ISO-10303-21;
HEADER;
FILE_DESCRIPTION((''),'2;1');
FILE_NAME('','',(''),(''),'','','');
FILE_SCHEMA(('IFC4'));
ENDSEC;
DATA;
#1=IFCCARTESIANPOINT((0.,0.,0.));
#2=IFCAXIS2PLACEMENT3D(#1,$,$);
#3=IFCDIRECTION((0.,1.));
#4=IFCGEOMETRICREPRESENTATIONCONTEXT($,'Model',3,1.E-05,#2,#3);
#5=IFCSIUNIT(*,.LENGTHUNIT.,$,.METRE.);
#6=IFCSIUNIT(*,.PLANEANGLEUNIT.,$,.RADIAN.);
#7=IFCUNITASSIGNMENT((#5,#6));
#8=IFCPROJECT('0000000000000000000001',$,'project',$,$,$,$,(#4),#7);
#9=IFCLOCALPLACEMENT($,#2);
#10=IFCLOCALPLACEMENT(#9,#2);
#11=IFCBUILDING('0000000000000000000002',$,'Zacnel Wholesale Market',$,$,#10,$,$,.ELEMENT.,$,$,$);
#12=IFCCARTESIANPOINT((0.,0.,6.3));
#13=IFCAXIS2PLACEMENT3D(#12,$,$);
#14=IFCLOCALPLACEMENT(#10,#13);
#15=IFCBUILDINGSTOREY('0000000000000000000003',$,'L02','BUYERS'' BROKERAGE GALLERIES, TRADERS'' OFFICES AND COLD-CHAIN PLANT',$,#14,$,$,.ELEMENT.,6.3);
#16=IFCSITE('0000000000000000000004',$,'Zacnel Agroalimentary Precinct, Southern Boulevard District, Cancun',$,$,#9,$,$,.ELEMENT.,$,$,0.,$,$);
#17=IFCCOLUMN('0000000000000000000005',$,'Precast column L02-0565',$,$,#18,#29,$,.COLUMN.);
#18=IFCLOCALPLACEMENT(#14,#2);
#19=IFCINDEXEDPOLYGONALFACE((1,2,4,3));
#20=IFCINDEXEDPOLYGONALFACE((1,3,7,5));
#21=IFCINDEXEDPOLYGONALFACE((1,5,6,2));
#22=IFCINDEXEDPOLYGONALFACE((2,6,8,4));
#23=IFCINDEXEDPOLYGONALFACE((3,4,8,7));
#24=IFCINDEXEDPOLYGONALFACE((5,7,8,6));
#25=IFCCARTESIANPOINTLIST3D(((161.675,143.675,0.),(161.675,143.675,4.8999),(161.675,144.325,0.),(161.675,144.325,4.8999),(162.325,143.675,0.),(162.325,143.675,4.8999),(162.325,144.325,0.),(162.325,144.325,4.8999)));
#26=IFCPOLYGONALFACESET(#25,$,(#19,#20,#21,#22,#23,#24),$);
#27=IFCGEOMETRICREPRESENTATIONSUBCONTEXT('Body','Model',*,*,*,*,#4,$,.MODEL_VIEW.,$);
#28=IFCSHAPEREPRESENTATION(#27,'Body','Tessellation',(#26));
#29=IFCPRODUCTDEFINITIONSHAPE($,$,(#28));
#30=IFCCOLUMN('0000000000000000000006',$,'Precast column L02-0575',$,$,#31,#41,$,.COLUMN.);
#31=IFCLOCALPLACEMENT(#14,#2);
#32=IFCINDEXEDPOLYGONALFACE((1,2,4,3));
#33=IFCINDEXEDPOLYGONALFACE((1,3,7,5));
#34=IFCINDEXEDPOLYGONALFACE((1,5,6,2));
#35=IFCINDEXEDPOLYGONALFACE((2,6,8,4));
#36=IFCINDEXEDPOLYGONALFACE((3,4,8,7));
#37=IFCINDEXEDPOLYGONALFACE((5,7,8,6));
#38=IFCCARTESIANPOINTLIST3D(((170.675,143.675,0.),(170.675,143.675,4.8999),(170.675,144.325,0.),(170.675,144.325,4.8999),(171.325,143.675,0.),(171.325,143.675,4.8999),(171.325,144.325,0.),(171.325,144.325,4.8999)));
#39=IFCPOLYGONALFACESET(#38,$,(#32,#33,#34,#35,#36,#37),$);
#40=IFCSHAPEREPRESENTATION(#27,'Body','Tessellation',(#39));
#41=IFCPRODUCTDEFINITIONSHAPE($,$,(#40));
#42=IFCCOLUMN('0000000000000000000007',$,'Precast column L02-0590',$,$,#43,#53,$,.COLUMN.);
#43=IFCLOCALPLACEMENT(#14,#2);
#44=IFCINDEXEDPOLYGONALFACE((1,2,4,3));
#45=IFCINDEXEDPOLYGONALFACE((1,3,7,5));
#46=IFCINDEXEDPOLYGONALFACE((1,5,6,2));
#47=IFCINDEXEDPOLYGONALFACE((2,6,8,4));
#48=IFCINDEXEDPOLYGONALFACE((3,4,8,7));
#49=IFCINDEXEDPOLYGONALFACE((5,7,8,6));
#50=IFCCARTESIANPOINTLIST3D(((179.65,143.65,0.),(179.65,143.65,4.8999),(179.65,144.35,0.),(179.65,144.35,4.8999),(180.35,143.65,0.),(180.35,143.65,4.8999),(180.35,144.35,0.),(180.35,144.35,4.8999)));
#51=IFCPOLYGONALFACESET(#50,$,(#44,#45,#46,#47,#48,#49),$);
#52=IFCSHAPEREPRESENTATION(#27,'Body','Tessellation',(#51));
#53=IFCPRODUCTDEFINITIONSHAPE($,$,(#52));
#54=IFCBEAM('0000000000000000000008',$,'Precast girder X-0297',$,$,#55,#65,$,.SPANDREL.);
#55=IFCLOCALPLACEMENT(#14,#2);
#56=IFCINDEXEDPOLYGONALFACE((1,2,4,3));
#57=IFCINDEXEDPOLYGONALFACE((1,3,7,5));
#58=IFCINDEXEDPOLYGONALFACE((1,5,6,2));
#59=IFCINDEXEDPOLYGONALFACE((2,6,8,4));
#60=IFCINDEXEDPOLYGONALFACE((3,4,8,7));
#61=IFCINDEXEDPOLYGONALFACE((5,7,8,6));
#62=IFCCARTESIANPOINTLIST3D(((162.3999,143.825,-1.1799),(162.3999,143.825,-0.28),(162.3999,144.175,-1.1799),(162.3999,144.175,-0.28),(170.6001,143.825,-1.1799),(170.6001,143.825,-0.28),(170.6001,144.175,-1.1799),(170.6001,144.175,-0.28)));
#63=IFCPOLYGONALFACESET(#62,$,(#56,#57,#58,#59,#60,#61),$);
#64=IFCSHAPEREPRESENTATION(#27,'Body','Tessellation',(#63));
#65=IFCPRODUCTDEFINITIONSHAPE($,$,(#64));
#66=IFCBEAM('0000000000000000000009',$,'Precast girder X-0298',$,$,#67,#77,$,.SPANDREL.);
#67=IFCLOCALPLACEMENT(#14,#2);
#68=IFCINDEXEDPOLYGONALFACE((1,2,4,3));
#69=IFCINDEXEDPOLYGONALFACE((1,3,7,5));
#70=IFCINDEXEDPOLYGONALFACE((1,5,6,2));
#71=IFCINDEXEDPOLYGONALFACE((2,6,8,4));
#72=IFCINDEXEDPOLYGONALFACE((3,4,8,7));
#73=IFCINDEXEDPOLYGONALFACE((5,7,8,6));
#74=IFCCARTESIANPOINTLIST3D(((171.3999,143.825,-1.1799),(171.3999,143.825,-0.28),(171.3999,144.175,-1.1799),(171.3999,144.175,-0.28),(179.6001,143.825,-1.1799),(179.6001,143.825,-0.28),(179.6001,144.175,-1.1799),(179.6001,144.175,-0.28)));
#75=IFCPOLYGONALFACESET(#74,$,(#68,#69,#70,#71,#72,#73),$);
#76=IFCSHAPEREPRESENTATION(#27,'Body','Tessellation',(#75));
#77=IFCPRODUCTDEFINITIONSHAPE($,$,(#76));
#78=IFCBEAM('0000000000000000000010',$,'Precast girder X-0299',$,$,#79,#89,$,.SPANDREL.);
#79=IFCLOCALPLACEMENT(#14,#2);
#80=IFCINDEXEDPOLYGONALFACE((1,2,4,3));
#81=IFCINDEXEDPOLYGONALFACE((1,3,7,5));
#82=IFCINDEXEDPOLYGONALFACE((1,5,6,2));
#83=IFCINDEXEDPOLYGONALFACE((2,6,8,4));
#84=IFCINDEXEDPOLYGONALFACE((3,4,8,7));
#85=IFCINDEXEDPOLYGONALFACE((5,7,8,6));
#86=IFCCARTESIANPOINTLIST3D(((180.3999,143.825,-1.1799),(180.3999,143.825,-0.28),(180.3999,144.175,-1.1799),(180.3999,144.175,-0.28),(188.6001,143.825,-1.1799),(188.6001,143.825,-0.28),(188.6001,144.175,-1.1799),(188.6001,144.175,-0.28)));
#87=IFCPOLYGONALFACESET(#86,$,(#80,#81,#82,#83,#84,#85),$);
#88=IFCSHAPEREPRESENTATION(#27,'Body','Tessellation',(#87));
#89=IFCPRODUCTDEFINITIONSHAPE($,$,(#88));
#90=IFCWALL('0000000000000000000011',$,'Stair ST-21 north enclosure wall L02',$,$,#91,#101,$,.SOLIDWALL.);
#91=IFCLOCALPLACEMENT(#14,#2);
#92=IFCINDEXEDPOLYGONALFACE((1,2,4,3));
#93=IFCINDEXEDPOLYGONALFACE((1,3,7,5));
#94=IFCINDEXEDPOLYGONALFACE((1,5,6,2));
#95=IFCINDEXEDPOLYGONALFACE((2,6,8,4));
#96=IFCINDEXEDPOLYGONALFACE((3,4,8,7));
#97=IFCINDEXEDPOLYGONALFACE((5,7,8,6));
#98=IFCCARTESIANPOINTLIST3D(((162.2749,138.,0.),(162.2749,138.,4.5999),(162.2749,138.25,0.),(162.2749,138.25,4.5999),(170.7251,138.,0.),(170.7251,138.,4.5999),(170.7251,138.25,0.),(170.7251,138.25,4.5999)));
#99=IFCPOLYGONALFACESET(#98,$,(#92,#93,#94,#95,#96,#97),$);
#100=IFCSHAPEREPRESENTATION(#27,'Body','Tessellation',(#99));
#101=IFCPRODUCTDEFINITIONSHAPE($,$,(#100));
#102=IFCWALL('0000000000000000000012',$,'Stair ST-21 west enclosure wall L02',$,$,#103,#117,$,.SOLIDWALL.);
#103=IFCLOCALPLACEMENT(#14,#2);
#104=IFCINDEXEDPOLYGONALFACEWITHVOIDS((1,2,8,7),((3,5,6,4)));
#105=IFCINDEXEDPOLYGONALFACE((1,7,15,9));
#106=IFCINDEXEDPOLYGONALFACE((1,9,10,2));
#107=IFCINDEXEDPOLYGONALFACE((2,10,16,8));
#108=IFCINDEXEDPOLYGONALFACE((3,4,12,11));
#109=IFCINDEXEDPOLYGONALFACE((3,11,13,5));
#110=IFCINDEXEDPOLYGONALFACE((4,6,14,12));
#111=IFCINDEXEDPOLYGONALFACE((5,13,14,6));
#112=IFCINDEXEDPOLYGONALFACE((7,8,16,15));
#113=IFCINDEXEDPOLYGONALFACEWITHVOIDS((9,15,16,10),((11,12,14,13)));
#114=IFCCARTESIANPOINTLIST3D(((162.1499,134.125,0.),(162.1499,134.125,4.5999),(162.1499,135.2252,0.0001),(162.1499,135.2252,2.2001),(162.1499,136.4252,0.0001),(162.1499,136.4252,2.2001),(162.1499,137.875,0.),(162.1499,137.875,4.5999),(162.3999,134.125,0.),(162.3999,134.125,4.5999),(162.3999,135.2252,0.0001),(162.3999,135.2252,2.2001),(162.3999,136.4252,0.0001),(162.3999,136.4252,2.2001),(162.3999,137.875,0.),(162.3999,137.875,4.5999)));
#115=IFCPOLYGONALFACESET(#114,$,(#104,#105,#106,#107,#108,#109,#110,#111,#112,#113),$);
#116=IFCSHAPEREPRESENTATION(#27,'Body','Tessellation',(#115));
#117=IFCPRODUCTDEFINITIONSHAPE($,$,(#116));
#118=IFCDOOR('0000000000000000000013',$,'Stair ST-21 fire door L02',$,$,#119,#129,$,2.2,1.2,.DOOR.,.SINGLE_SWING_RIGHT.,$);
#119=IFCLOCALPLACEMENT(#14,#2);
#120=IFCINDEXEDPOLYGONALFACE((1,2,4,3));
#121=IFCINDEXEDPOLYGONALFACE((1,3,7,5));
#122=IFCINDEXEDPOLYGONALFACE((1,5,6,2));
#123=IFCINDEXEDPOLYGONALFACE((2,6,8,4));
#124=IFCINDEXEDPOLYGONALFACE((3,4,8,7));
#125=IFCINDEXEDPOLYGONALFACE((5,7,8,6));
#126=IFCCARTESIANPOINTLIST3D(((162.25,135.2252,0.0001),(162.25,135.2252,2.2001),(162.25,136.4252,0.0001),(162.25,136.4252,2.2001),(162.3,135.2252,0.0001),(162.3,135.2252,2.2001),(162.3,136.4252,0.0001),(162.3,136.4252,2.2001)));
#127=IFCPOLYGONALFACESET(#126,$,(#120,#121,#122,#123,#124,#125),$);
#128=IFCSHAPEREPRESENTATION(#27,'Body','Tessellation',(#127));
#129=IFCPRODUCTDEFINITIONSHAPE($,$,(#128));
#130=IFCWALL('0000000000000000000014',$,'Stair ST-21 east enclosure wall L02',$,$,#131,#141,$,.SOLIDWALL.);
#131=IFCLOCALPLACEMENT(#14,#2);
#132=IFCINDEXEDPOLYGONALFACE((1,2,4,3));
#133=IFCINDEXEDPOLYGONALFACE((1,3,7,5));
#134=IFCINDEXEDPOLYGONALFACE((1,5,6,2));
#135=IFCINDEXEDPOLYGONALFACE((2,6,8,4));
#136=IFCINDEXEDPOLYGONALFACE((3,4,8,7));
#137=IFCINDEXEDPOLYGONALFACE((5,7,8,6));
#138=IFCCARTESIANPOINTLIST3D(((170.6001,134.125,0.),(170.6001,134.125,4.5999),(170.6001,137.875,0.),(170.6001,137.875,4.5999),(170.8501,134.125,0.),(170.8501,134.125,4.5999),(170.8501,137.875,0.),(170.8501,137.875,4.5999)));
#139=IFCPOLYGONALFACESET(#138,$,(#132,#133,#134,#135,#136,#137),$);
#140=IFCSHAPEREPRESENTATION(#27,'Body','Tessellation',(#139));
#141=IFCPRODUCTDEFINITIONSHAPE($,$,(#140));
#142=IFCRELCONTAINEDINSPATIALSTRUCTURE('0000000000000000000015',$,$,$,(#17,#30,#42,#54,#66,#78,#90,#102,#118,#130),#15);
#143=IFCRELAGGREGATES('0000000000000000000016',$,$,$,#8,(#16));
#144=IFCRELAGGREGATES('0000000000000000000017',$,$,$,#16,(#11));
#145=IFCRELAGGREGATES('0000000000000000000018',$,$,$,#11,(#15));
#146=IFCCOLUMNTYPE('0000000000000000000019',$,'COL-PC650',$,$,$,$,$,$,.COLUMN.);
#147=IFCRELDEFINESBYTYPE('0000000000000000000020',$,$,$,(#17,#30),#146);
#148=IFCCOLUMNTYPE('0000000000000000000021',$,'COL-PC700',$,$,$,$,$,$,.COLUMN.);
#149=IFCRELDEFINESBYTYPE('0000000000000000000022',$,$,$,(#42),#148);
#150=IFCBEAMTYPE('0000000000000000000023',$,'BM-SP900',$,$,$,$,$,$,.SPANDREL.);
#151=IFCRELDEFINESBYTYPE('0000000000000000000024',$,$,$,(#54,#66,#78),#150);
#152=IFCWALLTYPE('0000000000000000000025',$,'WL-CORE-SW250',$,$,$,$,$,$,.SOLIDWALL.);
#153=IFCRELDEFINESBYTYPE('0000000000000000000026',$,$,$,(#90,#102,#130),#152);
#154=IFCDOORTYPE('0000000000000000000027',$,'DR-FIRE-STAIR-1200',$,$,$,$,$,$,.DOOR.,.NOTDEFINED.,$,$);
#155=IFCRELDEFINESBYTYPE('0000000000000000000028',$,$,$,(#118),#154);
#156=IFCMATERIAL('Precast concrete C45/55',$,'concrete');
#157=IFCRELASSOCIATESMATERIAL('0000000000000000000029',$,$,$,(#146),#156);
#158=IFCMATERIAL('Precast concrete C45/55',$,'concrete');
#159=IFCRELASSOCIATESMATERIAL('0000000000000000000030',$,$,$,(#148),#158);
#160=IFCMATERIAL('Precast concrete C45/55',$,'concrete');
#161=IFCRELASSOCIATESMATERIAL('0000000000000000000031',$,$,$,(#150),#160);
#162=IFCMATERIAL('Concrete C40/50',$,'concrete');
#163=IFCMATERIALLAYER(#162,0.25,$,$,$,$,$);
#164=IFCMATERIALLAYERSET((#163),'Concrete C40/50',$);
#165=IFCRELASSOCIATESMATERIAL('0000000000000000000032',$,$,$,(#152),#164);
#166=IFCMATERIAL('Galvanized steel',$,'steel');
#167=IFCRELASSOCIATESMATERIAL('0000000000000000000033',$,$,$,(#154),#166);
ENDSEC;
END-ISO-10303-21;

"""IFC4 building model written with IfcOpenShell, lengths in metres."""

from ifc_helpers import new_model, si_unit, direction, frame, frame_2d, origin, origin_2d, place, context, subcontext, project, spatial, rectangle, extrude, material, layer, layer_set, material_profile, profile_set, type_object, element, fill, save


model = new_model("IFC4")

# Units and contexts
model_context = context("Model", 3, precision=1e-05, world=origin(), true_north=direction((0.0, 1.0)))
body_context = subcontext(model_context, "Body", "Model", "MODEL_VIEW")
ifc_project = project(units=[si_unit("LENGTHUNIT", "METRE"), si_unit("PLANEANGLEUNIT", "RADIAN")], contexts=[model_context])

# Site, building, storey
site_placement = place(None, origin())
site = spatial("IfcSite", under=ifc_project, at=site_placement, Name="Zacnel Agroalimentary Precinct, Southern Boulevard District, Cancun", CompositionType="ELEMENT", RefElevation=0.0)
building_placement = place(site_placement, origin())
building = spatial("IfcBuilding", under=site, at=building_placement, Name="Zacnel Wholesale Market", CompositionType="ELEMENT")
storey_placement = place(building_placement, frame((0.0, 0.0, 6.3)))
storey = spatial("IfcBuildingStorey", under=building, at=storey_placement, Name="L02", Description="BUYERS' BROKERAGE GALLERIES, TRADERS' OFFICES AND COLD-CHAIN PLANT", CompositionType="ELEMENT", Elevation=6.3)

# Columns
ifc_material_1 = material(Name="Precast concrete C45/55", Category="concrete")
ifc_material_profile_1 = material_profile(ifc_material_1, rectangle(XDim=0.6499, YDim=0.6499, at=origin_2d()), Name="PC 650x650")
ifc_profile_set_1 = profile_set([ifc_material_profile_1], Name="Precast concrete C45/55")
column_type_1 = type_object("IfcColumnType", Name="COL-PC650", PredefinedType="COLUMN", material=ifc_profile_set_1)
for number, where, z_axis, x_axis, name in (
    (1, (162.0, 144.0, 0.0), (0.0, 0.0, 1.0), (1.0, 0.0, 0.0), "Precast column L02-0565"),
    (2, (171.0, 144.0, 0.0), (0.0, 0.0, 1.0), (1.0, 0.0, 0.0), "Precast column L02-0575"),
):
    element("IfcColumn", number, at=place(storey_placement, frame(where, z_axis=z_axis, x_axis=x_axis)), inside=storey, type_object=column_type_1, Name=name, PredefinedType="COLUMN", context=body_context, shape_type="SweptSolid", body=[
        extrude(rectangle(XDim=0.6499, YDim=0.6499, at=origin_2d()), origin(), (0.0, 0.0, 1.0), 4.8999),
    ])
ifc_material_2 = material(Name="Precast concrete C45/55", Category="concrete")
ifc_material_profile_2 = material_profile(ifc_material_2, rectangle(XDim=0.7, YDim=0.7, at=origin_2d()), Name="PC 700x700")
ifc_profile_set_2 = profile_set([ifc_material_profile_2], Name="Precast concrete C45/55")
column_type_2 = type_object("IfcColumnType", Name="COL-PC700", PredefinedType="COLUMN", material=ifc_profile_set_2)
column_placement = place(storey_placement, frame((180.0, 144.0, 0.0), z_axis=(0.0, 0.0, 1.0), x_axis=(1.0, 0.0, 0.0)))
element("IfcColumn", 3, at=column_placement, inside=storey, type_object=column_type_2, Name="Precast column L02-0590", PredefinedType="COLUMN", context=body_context, shape_type="SweptSolid", body=[
    extrude(rectangle(XDim=0.7, YDim=0.7, at=origin_2d()), origin(), (0.0, 0.0, 1.0), 4.8999),
])

# Beams
ifc_material_3 = material(Name="Precast concrete C45/55", Category="concrete")
ifc_material_profile_3 = material_profile(ifc_material_3, rectangle(XDim=0.3501, YDim=0.8999, at=origin_2d()), Name="SP 350x900")
ifc_profile_set_3 = profile_set([ifc_material_profile_3], Name="Precast concrete C45/55")
beam_type = type_object("IfcBeamType", Name="BM-SP900", PredefinedType="SPANDREL", material=ifc_profile_set_3)
for number, where, z_axis, x_axis, name in (
    (4, (162.3999, 144.0, -0.73), (1.0, 0.0, 0.0), (0.0, 1.0, 0.0), "Precast girder X-0297"),
    (5, (171.3999, 144.0, -0.73), (1.0, 0.0, 0.0), (0.0, 1.0, 0.0), "Precast girder X-0298"),
    (6, (180.3999, 144.0, -0.73), (1.0, 0.0, 0.0), (0.0, 1.0, 0.0), "Precast girder X-0299"),
):
    element("IfcBeam", number, at=place(storey_placement, frame(where, z_axis=z_axis, x_axis=x_axis)), inside=storey, type_object=beam_type, Name=name, PredefinedType="SPANDREL", context=body_context, shape_type="SweptSolid", body=[
        extrude(rectangle(XDim=0.3501, YDim=0.8999, at=origin_2d()), origin(), (0.0, 0.0, 1.0), 8.2002),
    ])

# Wall
ifc_material_4 = material(Name="Concrete C40/50", Category="concrete")
ifc_layer_1 = layer(ifc_material_4, 0.25)
ifc_layer_set_1 = layer_set([ifc_layer_1], Name="Concrete C40/50")
wall_type_1 = type_object("IfcWallType", Name="WL-CORE-SW250", PredefinedType="SOLIDWALL", material=ifc_layer_set_1)
wall_1_placement = place(storey_placement, frame((162.2749, 138.125, 0.0), z_axis=(0.0, 0.0, 1.0), x_axis=(1.0, 0.0, 0.0)))
element("IfcWall", 7, at=wall_1_placement, inside=storey, type_object=wall_type_1, Name="Stair ST-21 north enclosure wall L02", PredefinedType="SOLIDWALL", context=body_context, shape_type="SweptSolid", body=[
    extrude(rectangle(XDim=8.4502, YDim=0.25, at=frame_2d((4.2251, 0.0))), origin(), (0.0, 0.0, 1.0), 4.5999),
])

# Wall, opening, door
wall_2_placement = place(storey_placement, frame((162.2749, 134.125, 0.0), z_axis=(0.0, 0.0, 1.0), x_axis=(0.0, 1.0, 0.0)))
wall_2 = element("IfcWall", 8, at=wall_2_placement, inside=storey, type_object=wall_type_1, Name="Stair ST-21 west enclosure wall L02", PredefinedType="SOLIDWALL", context=body_context, shape_type="SweptSolid", body=[
    extrude(rectangle(XDim=3.75, YDim=0.25, at=frame_2d((1.875, 0.0))), origin(), (0.0, 0.0, 1.0), 4.5999),
])
opening_1_placement = place(wall_2_placement, frame((1.1001, 0.0, 0.0)))
opening_1 = element("IfcOpeningElement", 9, at=opening_1_placement, cuts=wall_2, PredefinedType="OPENING", context=body_context, shape_type="SweptSolid", body=[
    extrude(rectangle(XDim=1.2, YDim=2.2, at=frame_2d((0.6001, 1.1001))), frame((0.0, 0.135, 0.0), z_axis=(0.0, -1.0, 0.0), x_axis=(1.0, 0.0, 0.0)), (0.0, 0.0, 1.0), 0.27),
])
ifc_material_5 = material(Name="Galvanized steel", Category="steel")
door_type = type_object("IfcDoorType", Name="DR-FIRE-STAIR-1200", OperationType="NOTDEFINED", PredefinedType="DOOR", material=ifc_material_5)
door_placement = place(opening_1_placement, origin())
door = element("IfcDoor", 10, at=door_placement, inside=storey, type_object=door_type, Name="Stair ST-21 fire door L02", OperationType="SINGLE_SWING_RIGHT", OverallHeight=2.2, OverallWidth=1.2, PredefinedType="DOOR", context=body_context, shape_type="SweptSolid", body=[
    extrude(rectangle(XDim=1.2, YDim=2.2, at=frame_2d((0.6001, 1.1001))), frame((0.0, 0.0249, 0.0), z_axis=(0.0, -1.0, 0.0), x_axis=(1.0, 0.0, 0.0)), (0.0, 0.0, 1.0), 0.05),
])
fill(opening_1, door)

# Wall
wall_3_placement = place(storey_placement, frame((170.7251, 134.125, 0.0), z_axis=(0.0, 0.0, 1.0), x_axis=(0.0, 1.0, 0.0)))
element("IfcWall", 11, at=wall_3_placement, inside=storey, type_object=wall_type_1, Name="Stair ST-21 east enclosure wall L02", PredefinedType="SOLIDWALL", context=body_context, shape_type="SweptSolid", body=[
    extrude(rectangle(XDim=3.75, YDim=0.25, at=frame_2d((1.875, 0.0))), origin(), (0.0, 0.0, 1.0), 4.5999),
])

save(model, "model.ifc")
